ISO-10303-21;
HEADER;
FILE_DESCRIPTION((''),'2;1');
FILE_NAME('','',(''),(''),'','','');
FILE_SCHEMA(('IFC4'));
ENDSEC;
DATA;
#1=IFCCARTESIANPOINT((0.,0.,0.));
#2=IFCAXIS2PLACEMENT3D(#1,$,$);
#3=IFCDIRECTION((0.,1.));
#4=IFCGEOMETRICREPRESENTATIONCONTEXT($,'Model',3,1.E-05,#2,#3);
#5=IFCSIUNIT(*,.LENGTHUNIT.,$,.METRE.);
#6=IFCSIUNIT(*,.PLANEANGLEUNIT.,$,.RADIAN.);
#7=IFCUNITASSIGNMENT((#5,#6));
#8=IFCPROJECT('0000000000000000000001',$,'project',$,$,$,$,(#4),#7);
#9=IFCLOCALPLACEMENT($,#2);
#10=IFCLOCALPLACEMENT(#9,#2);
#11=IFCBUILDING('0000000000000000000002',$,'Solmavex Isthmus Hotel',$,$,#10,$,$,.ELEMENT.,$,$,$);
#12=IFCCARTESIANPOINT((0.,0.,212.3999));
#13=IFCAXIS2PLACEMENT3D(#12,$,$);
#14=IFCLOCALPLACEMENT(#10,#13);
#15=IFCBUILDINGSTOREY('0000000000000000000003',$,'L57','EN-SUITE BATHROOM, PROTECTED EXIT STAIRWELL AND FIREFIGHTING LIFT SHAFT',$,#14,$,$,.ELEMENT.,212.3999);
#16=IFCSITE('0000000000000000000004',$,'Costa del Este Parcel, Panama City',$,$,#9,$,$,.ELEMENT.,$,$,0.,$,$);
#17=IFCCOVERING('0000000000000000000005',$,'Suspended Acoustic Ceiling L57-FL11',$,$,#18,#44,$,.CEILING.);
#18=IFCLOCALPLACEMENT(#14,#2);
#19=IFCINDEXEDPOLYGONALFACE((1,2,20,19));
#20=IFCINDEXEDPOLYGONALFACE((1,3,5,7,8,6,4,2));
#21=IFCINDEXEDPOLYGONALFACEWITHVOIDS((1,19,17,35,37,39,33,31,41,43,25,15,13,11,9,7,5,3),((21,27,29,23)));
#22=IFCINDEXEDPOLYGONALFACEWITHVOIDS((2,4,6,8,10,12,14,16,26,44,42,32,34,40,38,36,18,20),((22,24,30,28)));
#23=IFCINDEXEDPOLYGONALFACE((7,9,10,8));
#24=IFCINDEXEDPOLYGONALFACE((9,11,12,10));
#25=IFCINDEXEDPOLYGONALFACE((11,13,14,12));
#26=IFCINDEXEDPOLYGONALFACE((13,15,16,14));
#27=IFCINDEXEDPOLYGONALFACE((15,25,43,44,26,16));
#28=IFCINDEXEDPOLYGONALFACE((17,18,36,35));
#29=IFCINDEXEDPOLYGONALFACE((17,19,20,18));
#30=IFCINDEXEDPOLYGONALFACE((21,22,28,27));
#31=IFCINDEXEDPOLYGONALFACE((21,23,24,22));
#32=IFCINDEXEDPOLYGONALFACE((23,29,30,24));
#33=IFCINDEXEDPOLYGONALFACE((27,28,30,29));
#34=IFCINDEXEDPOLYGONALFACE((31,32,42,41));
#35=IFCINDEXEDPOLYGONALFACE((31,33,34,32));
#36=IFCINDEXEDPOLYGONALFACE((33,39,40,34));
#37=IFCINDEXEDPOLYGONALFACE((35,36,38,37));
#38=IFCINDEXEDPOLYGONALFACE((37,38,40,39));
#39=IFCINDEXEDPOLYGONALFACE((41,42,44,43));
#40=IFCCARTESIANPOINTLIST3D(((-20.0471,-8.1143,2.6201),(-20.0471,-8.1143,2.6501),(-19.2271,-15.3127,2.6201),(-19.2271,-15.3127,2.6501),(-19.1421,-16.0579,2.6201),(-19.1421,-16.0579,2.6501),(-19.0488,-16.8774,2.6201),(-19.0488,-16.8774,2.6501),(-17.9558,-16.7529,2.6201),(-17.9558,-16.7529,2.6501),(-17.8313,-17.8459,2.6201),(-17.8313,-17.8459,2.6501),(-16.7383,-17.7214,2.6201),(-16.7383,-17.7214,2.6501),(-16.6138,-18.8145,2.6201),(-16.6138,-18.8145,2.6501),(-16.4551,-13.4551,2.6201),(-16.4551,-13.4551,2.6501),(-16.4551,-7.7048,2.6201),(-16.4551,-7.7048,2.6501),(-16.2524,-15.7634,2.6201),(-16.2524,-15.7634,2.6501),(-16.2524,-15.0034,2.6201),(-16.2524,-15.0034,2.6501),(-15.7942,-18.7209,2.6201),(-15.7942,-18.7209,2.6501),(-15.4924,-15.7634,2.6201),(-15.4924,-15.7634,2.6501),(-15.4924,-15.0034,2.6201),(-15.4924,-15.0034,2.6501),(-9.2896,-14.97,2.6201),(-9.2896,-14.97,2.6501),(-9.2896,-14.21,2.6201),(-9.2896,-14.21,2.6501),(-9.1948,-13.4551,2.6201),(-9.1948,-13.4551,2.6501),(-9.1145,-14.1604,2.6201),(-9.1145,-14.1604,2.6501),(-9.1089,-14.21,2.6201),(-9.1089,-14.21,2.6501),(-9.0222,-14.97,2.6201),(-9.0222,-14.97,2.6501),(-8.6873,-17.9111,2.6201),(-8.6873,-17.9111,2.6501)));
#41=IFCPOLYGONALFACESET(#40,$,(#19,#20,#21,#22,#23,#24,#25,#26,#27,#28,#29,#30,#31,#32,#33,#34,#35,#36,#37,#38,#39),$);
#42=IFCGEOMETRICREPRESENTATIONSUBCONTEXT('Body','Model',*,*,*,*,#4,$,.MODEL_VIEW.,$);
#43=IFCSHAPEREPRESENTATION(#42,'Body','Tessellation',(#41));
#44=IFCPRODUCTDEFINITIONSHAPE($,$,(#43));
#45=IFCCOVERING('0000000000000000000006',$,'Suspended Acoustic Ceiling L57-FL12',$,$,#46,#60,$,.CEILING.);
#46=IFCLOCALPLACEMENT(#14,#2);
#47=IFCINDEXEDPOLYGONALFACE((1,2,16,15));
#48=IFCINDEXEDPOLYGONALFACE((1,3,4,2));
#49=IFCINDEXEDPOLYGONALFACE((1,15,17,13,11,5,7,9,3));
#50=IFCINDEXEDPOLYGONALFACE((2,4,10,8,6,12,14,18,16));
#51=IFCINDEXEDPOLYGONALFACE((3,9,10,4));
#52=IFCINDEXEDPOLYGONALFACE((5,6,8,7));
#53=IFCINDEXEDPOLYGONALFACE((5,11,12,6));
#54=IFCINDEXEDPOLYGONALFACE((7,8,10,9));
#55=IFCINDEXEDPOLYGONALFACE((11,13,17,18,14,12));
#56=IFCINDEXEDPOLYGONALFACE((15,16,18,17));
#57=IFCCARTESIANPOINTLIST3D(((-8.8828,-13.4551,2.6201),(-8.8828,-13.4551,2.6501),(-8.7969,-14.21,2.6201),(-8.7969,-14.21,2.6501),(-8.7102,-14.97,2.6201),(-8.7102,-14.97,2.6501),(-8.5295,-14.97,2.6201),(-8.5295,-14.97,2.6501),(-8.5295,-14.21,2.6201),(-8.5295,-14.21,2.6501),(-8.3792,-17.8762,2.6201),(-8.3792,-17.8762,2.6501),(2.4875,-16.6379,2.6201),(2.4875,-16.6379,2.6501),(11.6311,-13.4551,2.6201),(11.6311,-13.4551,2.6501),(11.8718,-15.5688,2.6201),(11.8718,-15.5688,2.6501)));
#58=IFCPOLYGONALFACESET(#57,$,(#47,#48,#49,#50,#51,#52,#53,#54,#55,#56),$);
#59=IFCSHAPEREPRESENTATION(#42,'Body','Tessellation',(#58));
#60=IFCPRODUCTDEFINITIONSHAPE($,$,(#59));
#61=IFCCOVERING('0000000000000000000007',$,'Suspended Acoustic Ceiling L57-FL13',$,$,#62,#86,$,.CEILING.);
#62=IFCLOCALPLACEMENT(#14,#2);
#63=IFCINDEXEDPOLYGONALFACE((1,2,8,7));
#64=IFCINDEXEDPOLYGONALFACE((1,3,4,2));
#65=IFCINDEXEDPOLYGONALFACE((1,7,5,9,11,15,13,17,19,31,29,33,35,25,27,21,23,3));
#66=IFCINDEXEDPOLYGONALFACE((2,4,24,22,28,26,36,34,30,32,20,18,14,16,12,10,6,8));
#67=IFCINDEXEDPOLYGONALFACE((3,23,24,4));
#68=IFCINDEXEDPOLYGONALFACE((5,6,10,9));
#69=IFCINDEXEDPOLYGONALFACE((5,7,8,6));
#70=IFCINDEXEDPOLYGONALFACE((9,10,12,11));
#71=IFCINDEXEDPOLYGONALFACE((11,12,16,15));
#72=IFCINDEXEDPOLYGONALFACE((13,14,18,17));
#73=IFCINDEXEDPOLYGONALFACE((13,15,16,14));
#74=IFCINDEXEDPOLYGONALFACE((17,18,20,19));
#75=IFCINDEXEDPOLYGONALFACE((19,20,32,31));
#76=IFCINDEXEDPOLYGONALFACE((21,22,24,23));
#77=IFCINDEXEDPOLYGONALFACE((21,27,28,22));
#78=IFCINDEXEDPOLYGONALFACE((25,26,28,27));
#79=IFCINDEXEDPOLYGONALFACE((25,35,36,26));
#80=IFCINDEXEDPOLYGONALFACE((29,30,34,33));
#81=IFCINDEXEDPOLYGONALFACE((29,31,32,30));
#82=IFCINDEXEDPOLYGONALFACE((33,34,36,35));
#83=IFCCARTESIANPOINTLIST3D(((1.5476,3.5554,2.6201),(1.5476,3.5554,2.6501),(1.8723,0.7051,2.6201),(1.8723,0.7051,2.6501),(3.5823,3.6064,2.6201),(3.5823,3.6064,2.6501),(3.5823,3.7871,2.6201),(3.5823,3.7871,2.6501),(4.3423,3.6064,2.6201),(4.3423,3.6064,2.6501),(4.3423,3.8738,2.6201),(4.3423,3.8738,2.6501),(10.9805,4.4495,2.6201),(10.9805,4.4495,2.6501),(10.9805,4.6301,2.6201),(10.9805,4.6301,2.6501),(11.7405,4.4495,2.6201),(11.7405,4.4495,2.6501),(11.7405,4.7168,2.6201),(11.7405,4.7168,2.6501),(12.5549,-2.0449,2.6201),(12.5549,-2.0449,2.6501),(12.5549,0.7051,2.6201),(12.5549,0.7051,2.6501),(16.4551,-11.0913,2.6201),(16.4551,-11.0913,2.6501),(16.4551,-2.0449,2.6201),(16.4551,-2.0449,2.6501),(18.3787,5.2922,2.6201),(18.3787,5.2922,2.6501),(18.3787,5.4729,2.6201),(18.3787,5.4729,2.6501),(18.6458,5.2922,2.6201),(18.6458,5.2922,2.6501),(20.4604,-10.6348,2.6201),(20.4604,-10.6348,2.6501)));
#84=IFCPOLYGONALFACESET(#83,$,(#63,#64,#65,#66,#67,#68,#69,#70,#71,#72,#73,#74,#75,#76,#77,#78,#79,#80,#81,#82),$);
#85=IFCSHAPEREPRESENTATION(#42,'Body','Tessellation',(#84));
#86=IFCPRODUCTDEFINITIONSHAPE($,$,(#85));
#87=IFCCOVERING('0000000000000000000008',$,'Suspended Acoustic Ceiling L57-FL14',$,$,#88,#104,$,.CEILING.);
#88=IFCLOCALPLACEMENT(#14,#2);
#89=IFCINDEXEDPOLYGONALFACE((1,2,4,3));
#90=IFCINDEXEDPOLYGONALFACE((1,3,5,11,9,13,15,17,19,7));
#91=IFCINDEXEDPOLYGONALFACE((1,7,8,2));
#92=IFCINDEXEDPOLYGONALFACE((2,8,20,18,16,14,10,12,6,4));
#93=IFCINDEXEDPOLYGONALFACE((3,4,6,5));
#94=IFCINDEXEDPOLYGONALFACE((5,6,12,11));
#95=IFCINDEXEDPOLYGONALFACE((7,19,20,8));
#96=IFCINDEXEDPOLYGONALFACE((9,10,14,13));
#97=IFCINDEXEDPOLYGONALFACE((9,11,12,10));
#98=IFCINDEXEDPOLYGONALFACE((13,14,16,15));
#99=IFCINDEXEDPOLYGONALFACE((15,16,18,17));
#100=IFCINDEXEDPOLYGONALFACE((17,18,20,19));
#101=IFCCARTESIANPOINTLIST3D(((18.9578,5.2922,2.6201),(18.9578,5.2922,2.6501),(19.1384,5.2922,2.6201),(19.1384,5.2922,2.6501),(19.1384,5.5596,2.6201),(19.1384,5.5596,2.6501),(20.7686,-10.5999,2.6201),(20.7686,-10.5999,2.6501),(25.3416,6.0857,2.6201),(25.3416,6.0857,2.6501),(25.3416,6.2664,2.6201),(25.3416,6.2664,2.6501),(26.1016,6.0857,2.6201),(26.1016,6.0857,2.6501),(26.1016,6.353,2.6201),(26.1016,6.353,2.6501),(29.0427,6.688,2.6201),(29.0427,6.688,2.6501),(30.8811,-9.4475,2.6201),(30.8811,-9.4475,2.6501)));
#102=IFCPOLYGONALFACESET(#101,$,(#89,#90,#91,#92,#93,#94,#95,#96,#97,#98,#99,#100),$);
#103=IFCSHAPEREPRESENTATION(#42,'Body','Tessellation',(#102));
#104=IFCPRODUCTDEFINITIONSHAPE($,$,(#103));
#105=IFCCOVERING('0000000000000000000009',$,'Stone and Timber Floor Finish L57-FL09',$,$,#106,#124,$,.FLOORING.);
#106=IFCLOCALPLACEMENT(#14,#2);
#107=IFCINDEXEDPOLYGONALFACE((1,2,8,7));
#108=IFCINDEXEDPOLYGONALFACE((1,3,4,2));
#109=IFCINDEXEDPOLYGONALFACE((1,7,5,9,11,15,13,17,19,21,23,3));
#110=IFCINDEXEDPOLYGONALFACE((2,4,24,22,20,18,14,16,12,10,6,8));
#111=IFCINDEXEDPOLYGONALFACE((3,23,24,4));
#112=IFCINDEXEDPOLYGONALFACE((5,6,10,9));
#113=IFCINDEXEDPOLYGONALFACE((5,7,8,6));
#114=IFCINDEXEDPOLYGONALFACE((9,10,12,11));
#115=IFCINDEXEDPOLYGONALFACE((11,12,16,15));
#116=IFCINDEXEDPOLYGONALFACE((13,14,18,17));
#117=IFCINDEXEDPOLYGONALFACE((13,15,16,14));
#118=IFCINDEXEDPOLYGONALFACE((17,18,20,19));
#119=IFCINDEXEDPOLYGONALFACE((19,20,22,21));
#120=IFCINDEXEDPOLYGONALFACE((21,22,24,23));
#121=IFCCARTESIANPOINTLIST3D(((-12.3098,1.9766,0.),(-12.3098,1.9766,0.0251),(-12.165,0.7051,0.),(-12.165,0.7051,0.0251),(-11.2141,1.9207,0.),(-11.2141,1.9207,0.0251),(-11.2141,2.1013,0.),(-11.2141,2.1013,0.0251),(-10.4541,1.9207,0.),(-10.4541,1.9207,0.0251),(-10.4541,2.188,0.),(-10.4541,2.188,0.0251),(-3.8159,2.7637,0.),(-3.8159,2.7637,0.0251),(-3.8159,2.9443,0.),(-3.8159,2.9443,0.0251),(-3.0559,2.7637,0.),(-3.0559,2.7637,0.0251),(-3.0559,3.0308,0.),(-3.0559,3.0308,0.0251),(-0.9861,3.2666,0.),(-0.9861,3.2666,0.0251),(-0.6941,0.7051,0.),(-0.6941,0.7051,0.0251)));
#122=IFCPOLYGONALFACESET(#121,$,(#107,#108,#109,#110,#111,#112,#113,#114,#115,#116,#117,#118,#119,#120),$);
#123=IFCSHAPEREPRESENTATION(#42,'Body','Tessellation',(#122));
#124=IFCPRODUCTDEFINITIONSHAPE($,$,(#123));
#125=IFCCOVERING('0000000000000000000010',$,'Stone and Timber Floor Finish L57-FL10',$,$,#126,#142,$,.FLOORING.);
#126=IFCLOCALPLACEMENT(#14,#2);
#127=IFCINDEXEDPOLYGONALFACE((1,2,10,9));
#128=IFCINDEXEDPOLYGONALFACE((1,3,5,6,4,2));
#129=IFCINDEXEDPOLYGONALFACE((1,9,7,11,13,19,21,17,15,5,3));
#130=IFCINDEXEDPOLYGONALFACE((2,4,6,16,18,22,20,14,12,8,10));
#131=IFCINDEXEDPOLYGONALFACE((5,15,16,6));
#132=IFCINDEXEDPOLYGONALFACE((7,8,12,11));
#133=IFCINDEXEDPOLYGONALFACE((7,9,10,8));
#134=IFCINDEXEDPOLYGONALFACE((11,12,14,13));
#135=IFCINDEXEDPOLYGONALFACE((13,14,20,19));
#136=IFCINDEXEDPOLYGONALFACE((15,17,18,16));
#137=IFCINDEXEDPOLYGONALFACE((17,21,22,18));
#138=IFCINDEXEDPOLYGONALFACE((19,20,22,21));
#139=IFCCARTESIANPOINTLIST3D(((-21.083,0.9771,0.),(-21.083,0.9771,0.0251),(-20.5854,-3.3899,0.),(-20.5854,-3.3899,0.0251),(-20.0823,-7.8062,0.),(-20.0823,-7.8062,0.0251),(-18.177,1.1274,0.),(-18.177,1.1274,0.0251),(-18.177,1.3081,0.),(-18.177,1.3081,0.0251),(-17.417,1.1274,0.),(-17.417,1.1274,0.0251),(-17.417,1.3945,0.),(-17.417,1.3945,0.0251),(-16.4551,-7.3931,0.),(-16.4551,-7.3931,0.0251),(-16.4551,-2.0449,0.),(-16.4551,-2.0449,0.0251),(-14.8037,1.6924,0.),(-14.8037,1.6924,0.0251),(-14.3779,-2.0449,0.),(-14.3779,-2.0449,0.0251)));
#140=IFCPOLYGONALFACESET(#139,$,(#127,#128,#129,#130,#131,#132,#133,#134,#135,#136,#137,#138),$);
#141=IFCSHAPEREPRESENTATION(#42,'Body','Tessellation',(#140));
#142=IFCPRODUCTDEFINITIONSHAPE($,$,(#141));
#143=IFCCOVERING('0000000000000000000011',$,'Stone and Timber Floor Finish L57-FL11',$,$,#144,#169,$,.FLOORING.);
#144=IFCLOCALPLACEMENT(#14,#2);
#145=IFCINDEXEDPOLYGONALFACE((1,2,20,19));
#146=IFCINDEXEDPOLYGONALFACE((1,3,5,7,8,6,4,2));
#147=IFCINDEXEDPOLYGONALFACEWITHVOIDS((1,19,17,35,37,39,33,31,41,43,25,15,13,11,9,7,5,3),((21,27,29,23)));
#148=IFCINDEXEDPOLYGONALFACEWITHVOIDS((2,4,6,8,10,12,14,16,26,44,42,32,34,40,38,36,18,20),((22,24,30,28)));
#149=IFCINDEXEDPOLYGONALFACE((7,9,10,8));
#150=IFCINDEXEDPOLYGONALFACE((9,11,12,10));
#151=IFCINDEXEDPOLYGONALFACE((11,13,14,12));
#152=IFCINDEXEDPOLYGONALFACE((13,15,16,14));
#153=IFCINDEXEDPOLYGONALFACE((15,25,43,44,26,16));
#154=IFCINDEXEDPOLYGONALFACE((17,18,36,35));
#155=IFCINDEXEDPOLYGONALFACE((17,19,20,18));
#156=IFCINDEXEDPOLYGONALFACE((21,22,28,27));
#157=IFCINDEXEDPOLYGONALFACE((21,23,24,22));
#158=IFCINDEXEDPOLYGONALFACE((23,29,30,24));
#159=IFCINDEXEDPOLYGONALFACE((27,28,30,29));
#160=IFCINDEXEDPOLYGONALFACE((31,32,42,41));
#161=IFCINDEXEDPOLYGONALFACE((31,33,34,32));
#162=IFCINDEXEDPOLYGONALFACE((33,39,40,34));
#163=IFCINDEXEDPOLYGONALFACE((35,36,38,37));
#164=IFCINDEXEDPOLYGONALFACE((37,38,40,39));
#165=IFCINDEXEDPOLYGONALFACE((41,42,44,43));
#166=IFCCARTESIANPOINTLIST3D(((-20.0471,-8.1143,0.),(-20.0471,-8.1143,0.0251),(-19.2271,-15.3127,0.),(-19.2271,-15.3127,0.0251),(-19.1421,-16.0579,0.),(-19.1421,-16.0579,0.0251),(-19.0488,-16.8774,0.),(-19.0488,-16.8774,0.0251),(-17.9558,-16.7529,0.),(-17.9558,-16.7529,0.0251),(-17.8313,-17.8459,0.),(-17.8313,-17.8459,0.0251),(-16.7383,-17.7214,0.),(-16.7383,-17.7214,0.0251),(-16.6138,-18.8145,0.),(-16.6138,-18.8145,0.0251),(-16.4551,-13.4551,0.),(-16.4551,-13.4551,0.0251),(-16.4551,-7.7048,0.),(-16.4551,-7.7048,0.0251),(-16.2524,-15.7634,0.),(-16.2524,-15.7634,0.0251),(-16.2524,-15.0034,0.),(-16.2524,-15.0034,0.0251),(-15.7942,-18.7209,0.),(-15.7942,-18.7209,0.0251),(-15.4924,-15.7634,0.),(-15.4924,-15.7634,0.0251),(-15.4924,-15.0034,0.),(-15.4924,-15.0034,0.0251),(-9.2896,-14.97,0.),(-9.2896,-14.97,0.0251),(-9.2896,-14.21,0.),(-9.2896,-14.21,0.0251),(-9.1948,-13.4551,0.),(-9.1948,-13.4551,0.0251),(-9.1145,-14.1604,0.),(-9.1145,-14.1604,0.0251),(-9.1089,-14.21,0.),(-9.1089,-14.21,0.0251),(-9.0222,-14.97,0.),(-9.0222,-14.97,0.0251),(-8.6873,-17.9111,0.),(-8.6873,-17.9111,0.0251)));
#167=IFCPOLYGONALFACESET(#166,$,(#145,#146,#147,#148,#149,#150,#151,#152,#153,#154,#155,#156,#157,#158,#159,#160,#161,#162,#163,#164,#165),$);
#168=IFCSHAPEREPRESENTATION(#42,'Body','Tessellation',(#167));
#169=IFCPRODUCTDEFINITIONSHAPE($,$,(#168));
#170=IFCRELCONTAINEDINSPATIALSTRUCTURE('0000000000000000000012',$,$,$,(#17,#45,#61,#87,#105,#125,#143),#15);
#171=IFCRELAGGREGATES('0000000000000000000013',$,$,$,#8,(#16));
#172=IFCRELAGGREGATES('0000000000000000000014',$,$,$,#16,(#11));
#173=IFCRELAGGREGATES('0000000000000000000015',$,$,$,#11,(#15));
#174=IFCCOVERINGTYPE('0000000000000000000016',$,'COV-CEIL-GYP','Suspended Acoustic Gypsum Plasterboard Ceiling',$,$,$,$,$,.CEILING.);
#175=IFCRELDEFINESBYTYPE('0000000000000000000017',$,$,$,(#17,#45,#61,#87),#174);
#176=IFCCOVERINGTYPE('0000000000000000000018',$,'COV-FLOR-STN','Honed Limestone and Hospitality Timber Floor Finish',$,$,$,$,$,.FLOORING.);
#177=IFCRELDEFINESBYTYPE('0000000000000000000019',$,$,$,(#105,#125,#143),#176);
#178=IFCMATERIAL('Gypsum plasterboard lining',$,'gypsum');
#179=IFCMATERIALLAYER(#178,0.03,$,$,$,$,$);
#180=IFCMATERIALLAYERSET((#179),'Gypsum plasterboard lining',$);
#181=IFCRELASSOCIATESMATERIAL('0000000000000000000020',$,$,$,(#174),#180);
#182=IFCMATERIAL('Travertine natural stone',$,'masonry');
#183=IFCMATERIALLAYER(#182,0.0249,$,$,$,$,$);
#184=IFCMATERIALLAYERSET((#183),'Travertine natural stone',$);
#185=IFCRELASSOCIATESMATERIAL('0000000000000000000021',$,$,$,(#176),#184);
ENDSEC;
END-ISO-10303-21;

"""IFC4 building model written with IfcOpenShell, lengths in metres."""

from ifc_helpers import new_model, si_unit, direction, frame, origin, place, context, subcontext, project, spatial, polyline, outline, extrude, material, layer, layer_set, type_object, element, save


model = new_model("IFC4")

# Units and contexts
model_context = context("Model", 3, precision=1e-05, world=origin(), true_north=direction((0.0, 1.0)))
body_context = subcontext(model_context, "Body", "Model", "MODEL_VIEW")
ifc_project = project(units=[si_unit("LENGTHUNIT", "METRE"), si_unit("PLANEANGLEUNIT", "RADIAN")], contexts=[model_context])

# Site, building, storey
site_placement = place(None, origin())
site = spatial("IfcSite", under=ifc_project, at=site_placement, Name="Costa del Este Parcel, Panama City", CompositionType="ELEMENT", RefElevation=0.0)
building_placement = place(site_placement, origin())
building = spatial("IfcBuilding", under=site, at=building_placement, Name="Solmavex Isthmus Hotel", CompositionType="ELEMENT")
storey_placement = place(building_placement, frame((0.0, 0.0, 212.3999)))
storey = spatial("IfcBuildingStorey", under=building, at=storey_placement, Name="L57", Description="EN-SUITE BATHROOM, PROTECTED EXIT STAIRWELL AND FIREFIGHTING LIFT SHAFT", CompositionType="ELEMENT", Elevation=212.3999)

# Shared definitions
ifc_material_1 = material(Name="Gypsum plasterboard lining", Category="gypsum")

# Coverings
ifc_layer_1 = layer(ifc_material_1, 0.03)
ifc_layer_set_1 = layer_set([ifc_layer_1], Name="Gypsum plasterboard lining")
covering_type_1 = type_object("IfcCoveringType", Name="COV-CEIL-GYP", Description="Suspended Acoustic Gypsum Plasterboard Ceiling", PredefinedType="CEILING", material=ifc_layer_set_1)
covering_1_placement = place(storey_placement, frame((0.0, 0.0, 2.6201)))
element("IfcCovering", 1, at=covering_1_placement, inside=storey, type_object=covering_type_1, Name="Suspended Acoustic Ceiling L57-FL11", PredefinedType="CEILING", context=body_context, shape_type="SweptSolid", body=[
    extrude(outline(polyline([(-9.0222, -14.97), (-9.2896, -14.97), (-9.2896, -14.21), (-9.1089, -14.21), (-9.1145, -14.1604), (-9.1948, -13.4551), (-16.4551, -13.4551), (-16.4551, -7.7048), (-20.0471, -8.1143), (-19.2271, -15.3127), (-19.1421, -16.0579), (-19.0488, -16.8774), (-17.9558, -16.7529), (-17.8313, -17.8459), (-16.7383, -17.7214), (-16.6138, -18.8145), (-15.7942, -18.7209), (-8.6873, -17.9111), (-9.0222, -14.97)]), holes=[polyline([(-16.2524, -15.7634), (-16.2524, -15.0034), (-15.4924, -15.0034), (-15.4924, -15.7634), (-16.2524, -15.7634)])]), origin(), (0.0, 0.0, 1.0), 0.03),
])
covering_2_placement = place(storey_placement, frame((0.0, 0.0, 2.6201)))
element("IfcCovering", 2, at=covering_2_placement, inside=storey, type_object=covering_type_1, Name="Suspended Acoustic Ceiling L57-FL12", PredefinedType="CEILING", context=body_context, shape_type="SweptSolid", body=[
    extrude(outline(polyline([(-8.7969, -14.21), (-8.5295, -14.21), (-8.5295, -14.97), (-8.7102, -14.97), (-8.3792, -17.8762), (2.4875, -16.6379), (11.8718, -15.5688), (11.6311, -13.4551), (-8.8828, -13.4551), (-8.7969, -14.21)])), origin(), (0.0, 0.0, 1.0), 0.03),
])
covering_3_placement = place(storey_placement, frame((0.0, 0.0, 2.6201)))
element("IfcCovering", 3, at=covering_3_placement, inside=storey, type_object=covering_type_1, Name="Suspended Acoustic Ceiling L57-FL13", PredefinedType="CEILING", context=body_context, shape_type="SweptSolid", body=[
    extrude(outline(polyline([(4.3423, 3.8738), (4.3423, 3.6064), (3.5823, 3.6064), (3.5823, 3.7871), (1.5476, 3.5554), (1.8723, 0.7051), (12.5549, 0.7051), (12.5549, -2.0449), (16.4551, -2.0449), (16.4551, -11.0913), (20.4604, -10.6348), (18.6458, 5.2922), (18.3787, 5.2922), (18.3787, 5.4729), (11.7405, 4.7168), (11.7405, 4.4495), (10.9805, 4.4495), (10.9805, 4.6301), (4.3423, 3.8738)])), origin(), (0.0, 0.0, 1.0), 0.03),
])
covering_4_placement = place(storey_placement, frame((0.0, 0.0, 2.6201)))
element("IfcCovering", 4, at=covering_4_placement, inside=storey, type_object=covering_type_1, Name="Suspended Acoustic Ceiling L57-FL14", PredefinedType="CEILING", context=body_context, shape_type="SweptSolid", body=[
    extrude(outline(polyline([(19.1384, 5.5596), (19.1384, 5.2922), (18.9578, 5.2922), (20.7686, -10.5999), (30.8811, -9.4475), (29.0427, 6.688), (26.1016, 6.353), (26.1016, 6.0857), (25.3416, 6.0857), (25.3416, 6.2664), (19.1384, 5.5596)])), origin(), (0.0, 0.0, 1.0), 0.03),
])
ifc_material_2 = material(Name="Travertine natural stone", Category="masonry")
ifc_layer_2 = layer(ifc_material_2, 0.0249)
ifc_layer_set_2 = layer_set([ifc_layer_2], Name="Travertine natural stone")
covering_type_2 = type_object("IfcCoveringType", Name="COV-FLOR-STN", Description="Honed Limestone and Hospitality Timber Floor Finish", PredefinedType="FLOORING", material=ifc_layer_set_2)
covering_5_placement = place(storey_placement, origin())
element("IfcCovering", 5, at=covering_5_placement, inside=storey, type_object=covering_type_2, Name="Stone and Timber Floor Finish L57-FL09", PredefinedType="FLOORING", context=body_context, shape_type="SweptSolid", body=[
    extrude(outline(polyline([(-10.4541, 2.188), (-10.4541, 1.9207), (-11.2141, 1.9207), (-11.2141, 2.1013), (-12.3098, 1.9766), (-12.165, 0.7051), (-0.6941, 0.7051), (-0.9861, 3.2666), (-3.0559, 3.0308), (-3.0559, 2.7637), (-3.8159, 2.7637), (-3.8159, 2.9443), (-10.4541, 2.188)])), origin(), (0.0, 0.0, 1.0), 0.0251),
])
covering_6_placement = place(storey_placement, origin())
element("IfcCovering", 6, at=covering_6_placement, inside=storey, type_object=covering_type_2, Name="Stone and Timber Floor Finish L57-FL10", PredefinedType="FLOORING", context=body_context, shape_type="SweptSolid", body=[
    extrude(outline(polyline([(-17.417, 1.3945), (-17.417, 1.1274), (-18.177, 1.1274), (-18.177, 1.3081), (-21.083, 0.9771), (-20.5854, -3.3899), (-20.0823, -7.8062), (-16.4551, -7.3931), (-16.4551, -2.0449), (-14.3779, -2.0449), (-14.8037, 1.6924), (-17.417, 1.3945)])), origin(), (0.0, 0.0, 1.0), 0.0251),
])
covering_7_placement = place(storey_placement, origin())
element("IfcCovering", 7, at=covering_7_placement, inside=storey, type_object=covering_type_2, Name="Stone and Timber Floor Finish L57-FL11", PredefinedType="FLOORING", context=body_context, shape_type="SweptSolid", body=[
    extrude(outline(polyline([(-9.0222, -14.97), (-9.2896, -14.97), (-9.2896, -14.21), (-9.1089, -14.21), (-9.1145, -14.1604), (-9.1948, -13.4551), (-16.4551, -13.4551), (-16.4551, -7.7048), (-20.0471, -8.1143), (-19.2271, -15.3127), (-19.1421, -16.0579), (-19.0488, -16.8774), (-17.9558, -16.7529), (-17.8313, -17.8459), (-16.7383, -17.7214), (-16.6138, -18.8145), (-15.7942, -18.7209), (-8.6873, -17.9111), (-9.0222, -14.97)]), holes=[polyline([(-16.2524, -15.7634), (-16.2524, -15.0034), (-15.4924, -15.0034), (-15.4924, -15.7634), (-16.2524, -15.7634)])]), origin(), (0.0, 0.0, 1.0), 0.0251),
])

save(model, "model.ifc")
